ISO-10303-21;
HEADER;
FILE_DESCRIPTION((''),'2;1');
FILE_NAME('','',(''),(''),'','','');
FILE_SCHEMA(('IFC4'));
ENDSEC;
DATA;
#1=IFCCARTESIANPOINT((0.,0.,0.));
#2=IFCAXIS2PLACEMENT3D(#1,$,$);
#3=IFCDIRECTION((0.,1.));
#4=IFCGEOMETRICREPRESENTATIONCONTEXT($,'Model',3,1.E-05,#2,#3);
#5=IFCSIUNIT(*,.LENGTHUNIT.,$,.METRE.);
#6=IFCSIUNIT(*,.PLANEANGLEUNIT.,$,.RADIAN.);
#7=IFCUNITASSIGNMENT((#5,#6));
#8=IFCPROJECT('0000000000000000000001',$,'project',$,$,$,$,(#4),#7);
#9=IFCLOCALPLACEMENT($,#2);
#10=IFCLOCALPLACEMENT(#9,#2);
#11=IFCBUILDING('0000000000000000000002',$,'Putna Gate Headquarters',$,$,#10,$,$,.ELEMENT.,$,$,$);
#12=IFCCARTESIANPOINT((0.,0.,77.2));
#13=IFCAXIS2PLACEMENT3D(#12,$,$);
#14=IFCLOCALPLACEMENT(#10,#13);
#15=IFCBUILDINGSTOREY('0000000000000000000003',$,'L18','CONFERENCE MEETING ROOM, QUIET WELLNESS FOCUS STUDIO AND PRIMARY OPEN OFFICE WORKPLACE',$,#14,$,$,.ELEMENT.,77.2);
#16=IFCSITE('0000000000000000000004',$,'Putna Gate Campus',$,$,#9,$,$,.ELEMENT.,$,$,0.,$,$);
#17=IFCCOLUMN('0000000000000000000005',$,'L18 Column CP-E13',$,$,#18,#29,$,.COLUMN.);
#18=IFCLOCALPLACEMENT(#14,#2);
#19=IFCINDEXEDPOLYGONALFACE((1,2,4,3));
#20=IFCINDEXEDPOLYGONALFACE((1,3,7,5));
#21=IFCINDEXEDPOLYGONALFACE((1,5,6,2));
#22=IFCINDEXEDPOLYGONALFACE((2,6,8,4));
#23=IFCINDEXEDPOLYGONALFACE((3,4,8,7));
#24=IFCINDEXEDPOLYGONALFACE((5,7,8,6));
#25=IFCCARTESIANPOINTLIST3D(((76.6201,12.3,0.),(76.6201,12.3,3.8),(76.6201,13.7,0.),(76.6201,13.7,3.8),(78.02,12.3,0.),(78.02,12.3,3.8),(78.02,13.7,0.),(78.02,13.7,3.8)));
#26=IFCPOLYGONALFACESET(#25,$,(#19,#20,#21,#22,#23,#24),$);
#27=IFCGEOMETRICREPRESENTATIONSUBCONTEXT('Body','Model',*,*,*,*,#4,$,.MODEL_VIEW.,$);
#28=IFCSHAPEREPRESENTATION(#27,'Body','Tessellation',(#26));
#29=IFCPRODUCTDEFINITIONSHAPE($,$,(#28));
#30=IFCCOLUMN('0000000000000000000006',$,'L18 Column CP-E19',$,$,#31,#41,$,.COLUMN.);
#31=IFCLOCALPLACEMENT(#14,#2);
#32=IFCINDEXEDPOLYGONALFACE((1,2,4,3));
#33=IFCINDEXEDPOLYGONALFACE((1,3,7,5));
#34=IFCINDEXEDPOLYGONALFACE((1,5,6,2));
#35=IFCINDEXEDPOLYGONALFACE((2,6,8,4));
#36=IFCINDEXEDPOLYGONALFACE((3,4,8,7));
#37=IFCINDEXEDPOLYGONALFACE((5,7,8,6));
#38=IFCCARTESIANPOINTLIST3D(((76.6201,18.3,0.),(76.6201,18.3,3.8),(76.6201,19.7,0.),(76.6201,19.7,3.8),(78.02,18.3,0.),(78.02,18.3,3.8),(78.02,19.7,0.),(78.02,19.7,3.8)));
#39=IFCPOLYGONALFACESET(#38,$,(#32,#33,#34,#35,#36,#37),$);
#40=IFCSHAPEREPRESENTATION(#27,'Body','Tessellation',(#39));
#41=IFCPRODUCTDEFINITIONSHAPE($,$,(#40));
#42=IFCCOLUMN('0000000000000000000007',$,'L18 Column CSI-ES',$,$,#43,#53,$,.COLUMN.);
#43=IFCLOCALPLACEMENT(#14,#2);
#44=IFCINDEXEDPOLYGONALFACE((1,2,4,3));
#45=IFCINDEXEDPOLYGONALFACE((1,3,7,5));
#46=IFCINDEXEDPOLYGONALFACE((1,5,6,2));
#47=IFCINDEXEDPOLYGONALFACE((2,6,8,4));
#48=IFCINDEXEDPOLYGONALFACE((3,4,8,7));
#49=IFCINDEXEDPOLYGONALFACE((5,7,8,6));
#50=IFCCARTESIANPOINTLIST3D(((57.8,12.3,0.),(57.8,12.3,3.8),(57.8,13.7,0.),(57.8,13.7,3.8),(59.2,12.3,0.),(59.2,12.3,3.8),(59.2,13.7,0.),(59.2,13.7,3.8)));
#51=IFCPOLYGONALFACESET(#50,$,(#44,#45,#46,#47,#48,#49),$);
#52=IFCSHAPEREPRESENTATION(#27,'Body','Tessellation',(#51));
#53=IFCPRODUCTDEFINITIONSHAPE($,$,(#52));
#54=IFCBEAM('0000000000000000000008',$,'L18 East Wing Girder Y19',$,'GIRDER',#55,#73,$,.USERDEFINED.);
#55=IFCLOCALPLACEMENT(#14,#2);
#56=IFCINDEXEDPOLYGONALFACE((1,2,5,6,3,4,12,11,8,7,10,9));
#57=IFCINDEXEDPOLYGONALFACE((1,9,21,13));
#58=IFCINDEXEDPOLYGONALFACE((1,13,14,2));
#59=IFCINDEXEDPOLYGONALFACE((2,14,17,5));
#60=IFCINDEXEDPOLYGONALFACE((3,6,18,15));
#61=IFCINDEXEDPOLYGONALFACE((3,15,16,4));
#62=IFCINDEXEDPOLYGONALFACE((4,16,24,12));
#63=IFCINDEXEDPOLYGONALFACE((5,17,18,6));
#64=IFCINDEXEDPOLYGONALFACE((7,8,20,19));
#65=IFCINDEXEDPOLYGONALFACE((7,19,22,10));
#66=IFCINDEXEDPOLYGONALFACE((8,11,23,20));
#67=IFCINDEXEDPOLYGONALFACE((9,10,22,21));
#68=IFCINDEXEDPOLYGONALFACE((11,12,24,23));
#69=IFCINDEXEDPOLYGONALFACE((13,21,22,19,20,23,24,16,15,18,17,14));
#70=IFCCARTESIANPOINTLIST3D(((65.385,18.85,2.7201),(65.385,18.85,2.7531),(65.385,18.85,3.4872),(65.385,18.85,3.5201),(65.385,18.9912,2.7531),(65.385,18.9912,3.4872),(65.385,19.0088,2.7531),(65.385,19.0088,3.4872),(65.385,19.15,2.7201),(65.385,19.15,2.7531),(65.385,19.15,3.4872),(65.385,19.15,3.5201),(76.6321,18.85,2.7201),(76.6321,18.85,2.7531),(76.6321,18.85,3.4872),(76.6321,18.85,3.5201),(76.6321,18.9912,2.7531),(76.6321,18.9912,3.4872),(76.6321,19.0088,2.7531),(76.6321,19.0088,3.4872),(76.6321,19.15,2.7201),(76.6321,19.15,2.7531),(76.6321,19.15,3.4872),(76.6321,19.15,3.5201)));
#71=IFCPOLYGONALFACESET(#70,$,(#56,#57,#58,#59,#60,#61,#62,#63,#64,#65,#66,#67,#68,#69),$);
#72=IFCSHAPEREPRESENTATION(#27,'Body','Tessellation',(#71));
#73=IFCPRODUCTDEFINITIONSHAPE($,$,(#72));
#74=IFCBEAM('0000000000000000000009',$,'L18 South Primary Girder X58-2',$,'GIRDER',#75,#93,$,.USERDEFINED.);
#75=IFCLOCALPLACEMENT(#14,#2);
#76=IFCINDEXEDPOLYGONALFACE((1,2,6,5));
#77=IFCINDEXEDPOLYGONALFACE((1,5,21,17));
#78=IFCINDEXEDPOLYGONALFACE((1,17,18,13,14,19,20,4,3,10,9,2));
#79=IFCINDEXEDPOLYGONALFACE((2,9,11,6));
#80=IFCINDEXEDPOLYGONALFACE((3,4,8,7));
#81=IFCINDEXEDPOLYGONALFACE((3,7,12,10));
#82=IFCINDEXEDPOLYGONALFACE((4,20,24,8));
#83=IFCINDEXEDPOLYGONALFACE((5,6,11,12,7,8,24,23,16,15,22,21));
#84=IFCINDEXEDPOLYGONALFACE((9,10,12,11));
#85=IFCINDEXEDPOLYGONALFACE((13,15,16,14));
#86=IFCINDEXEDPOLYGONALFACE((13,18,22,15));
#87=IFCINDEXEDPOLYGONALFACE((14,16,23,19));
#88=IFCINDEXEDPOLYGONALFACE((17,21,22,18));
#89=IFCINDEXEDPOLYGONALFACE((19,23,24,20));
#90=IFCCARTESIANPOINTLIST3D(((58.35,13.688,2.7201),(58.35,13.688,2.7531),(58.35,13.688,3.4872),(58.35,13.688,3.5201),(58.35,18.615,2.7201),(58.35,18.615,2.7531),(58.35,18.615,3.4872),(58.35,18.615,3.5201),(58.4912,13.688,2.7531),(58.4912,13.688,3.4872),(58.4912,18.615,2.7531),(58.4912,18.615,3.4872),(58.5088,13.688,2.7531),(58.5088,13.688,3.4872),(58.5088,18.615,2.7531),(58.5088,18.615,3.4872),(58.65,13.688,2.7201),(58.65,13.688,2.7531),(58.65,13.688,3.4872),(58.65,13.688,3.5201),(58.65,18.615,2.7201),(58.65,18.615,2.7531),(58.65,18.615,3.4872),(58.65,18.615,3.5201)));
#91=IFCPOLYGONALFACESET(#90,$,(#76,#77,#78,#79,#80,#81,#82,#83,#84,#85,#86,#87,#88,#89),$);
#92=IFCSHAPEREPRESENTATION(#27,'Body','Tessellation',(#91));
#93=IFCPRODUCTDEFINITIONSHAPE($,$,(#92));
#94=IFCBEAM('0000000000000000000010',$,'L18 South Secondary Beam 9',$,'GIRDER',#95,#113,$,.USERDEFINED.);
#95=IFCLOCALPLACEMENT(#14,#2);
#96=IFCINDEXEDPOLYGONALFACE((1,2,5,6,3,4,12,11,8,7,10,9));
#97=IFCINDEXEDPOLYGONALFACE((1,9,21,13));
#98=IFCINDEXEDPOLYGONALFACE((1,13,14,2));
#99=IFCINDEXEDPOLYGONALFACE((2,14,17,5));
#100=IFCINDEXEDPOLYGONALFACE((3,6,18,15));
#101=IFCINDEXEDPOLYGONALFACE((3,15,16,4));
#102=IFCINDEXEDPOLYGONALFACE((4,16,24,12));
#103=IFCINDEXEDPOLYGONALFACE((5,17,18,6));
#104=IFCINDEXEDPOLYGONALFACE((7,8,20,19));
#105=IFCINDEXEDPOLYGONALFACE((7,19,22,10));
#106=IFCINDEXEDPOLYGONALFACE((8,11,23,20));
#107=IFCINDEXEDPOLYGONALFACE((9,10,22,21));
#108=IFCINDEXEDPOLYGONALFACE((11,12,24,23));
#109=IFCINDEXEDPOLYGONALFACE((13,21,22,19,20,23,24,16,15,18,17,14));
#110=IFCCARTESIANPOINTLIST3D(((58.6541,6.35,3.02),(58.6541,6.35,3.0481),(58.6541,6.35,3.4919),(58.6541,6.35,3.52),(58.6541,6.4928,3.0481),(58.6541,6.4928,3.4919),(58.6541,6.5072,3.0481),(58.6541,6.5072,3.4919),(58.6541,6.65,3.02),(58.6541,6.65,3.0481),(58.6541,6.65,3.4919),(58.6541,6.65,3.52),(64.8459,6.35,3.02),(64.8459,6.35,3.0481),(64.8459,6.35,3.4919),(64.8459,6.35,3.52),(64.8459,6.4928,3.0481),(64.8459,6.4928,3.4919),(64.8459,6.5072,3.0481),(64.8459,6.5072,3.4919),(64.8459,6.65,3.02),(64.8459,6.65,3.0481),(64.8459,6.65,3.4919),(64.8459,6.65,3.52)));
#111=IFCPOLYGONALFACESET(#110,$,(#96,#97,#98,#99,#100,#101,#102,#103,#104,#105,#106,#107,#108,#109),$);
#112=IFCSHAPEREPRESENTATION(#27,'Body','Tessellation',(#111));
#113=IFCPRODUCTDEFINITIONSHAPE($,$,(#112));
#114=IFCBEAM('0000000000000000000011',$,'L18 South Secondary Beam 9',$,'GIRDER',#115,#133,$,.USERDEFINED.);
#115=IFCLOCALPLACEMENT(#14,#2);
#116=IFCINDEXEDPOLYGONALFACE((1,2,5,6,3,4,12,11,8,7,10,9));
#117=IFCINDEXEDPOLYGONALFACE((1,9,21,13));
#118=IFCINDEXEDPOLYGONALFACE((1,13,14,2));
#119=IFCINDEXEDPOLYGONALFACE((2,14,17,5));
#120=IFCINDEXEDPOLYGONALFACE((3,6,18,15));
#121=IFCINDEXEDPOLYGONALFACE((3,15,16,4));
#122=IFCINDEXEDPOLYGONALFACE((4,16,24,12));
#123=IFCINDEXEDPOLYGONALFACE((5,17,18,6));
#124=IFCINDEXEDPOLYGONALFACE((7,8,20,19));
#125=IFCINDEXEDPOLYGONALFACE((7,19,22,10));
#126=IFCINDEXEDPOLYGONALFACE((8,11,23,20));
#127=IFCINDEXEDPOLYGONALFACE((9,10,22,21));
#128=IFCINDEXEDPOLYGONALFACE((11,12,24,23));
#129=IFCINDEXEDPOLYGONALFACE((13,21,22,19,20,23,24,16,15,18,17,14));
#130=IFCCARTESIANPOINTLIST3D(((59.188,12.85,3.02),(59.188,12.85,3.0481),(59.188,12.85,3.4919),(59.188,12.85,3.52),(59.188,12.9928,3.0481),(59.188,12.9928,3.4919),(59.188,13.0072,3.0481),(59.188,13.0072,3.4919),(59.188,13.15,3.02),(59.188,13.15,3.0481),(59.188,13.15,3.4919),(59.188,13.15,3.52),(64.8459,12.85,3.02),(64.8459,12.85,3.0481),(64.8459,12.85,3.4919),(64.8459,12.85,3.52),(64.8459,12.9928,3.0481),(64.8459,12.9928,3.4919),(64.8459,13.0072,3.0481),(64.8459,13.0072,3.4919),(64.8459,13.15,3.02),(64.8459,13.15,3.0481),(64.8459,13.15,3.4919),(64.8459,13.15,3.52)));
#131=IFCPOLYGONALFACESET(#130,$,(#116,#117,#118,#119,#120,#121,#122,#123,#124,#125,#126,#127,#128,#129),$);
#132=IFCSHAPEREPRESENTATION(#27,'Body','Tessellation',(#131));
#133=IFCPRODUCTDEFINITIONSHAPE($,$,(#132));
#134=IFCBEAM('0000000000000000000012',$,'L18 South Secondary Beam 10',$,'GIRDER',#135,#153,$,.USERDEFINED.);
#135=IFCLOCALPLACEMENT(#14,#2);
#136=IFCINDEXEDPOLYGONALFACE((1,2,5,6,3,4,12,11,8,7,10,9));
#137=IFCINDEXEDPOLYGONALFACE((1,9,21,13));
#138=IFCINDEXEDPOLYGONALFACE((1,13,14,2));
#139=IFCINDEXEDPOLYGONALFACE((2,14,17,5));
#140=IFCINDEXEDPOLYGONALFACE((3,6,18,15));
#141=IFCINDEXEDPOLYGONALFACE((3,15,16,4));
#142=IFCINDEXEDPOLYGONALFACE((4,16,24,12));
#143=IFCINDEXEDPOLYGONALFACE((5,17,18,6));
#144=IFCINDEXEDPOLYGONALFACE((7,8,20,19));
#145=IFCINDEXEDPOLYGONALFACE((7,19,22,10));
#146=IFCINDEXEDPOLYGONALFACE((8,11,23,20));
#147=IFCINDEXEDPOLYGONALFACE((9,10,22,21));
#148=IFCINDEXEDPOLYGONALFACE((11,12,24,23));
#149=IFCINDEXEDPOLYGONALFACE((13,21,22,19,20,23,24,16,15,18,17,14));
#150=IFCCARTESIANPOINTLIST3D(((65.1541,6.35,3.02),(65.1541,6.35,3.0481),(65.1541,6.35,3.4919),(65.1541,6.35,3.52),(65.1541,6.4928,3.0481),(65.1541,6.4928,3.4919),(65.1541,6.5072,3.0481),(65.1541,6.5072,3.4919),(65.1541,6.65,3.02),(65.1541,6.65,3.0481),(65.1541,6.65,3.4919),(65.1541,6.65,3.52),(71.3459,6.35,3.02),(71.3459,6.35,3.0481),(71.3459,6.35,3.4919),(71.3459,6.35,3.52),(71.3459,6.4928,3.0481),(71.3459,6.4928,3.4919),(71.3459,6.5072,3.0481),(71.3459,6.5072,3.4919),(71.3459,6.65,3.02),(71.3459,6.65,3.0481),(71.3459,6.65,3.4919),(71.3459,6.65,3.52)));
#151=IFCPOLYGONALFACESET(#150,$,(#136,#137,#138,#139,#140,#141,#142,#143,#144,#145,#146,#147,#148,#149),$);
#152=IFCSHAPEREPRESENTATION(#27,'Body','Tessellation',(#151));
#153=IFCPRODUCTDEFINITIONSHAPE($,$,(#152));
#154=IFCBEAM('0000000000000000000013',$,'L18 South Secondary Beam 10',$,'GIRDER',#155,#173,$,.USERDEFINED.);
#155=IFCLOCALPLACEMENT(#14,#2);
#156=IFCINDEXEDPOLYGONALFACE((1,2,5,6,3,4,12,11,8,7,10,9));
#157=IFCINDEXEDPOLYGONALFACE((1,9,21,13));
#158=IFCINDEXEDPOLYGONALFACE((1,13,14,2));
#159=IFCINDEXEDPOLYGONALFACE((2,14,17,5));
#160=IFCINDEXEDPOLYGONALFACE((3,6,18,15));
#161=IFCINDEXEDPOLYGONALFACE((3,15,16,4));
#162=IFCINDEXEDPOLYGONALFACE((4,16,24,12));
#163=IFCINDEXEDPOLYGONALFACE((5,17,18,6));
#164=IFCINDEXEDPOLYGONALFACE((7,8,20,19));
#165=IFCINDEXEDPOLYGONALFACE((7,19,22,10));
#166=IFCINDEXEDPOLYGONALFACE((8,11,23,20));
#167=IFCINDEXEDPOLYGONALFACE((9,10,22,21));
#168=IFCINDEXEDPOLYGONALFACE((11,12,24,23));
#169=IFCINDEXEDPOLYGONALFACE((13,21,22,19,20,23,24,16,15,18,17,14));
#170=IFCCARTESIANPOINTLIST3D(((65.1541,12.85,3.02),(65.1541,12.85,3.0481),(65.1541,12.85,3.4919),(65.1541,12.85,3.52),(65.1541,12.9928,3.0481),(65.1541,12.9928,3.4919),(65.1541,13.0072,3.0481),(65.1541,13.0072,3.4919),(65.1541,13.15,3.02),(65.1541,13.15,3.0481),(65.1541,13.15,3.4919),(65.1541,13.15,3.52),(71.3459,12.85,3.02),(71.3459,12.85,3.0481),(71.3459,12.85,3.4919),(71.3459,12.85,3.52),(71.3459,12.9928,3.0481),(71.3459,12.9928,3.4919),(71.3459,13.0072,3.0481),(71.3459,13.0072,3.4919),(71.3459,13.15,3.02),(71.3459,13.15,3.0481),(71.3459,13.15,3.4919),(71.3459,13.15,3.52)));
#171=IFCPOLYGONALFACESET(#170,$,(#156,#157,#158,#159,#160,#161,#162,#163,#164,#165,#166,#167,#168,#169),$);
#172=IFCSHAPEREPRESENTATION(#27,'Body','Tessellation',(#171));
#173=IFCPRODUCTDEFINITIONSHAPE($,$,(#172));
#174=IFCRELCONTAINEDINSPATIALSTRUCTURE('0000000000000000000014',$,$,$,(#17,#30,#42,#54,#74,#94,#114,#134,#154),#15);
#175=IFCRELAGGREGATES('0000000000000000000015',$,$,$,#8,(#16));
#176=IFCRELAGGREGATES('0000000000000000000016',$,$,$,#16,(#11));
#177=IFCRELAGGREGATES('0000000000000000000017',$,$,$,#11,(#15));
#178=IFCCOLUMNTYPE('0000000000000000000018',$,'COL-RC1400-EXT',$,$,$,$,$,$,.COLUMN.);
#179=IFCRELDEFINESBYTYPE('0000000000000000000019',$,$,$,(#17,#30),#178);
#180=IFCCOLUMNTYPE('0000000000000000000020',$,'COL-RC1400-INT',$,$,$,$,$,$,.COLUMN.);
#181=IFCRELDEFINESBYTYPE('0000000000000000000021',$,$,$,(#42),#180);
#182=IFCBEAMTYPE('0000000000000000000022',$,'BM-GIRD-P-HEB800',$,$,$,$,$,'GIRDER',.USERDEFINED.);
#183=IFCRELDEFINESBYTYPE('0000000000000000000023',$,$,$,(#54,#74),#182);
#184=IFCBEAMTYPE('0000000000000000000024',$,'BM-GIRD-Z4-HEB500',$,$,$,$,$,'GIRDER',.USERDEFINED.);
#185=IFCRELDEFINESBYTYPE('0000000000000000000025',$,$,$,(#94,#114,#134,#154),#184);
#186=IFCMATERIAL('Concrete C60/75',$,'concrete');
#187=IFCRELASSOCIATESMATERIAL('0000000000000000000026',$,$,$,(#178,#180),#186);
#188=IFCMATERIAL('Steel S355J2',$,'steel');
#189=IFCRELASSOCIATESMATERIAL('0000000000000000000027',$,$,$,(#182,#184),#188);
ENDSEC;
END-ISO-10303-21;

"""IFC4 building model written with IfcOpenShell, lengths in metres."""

from ifc_helpers import new_model, si_unit, direction, frame, origin, origin_2d, place, context, subcontext, project, spatial, rectangle, i_section, extrude, material, material_profile, profile_set, type_object, element, save


model = new_model("IFC4")

# Units and contexts
model_context = context("Model", 3, precision=1e-05, world=origin(), true_north=direction((0.0, 1.0)))
body_context = subcontext(model_context, "Body", "Model", "MODEL_VIEW")
ifc_project = project(units=[si_unit("LENGTHUNIT", "METRE"), si_unit("PLANEANGLEUNIT", "RADIAN")], contexts=[model_context])

# Site, building, storey
site_placement = place(None, origin())
site = spatial("IfcSite", under=ifc_project, at=site_placement, Name="Putna Gate Campus", CompositionType="ELEMENT", RefElevation=0.0)
building_placement = place(site_placement, origin())
building = spatial("IfcBuilding", under=site, at=building_placement, Name="Putna Gate Headquarters", CompositionType="ELEMENT")
storey_placement = place(building_placement, frame((0.0, 0.0, 77.2)))
storey = spatial("IfcBuildingStorey", under=building, at=storey_placement, Name="L18", Description="CONFERENCE MEETING ROOM, QUIET WELLNESS FOCUS STUDIO AND PRIMARY OPEN OFFICE WORKPLACE", CompositionType="ELEMENT", Elevation=77.2)

# Columns
ifc_material_1 = material(Name="Concrete C60/75", Category="concrete")
ifc_material_profile_1 = material_profile(ifc_material_1, rectangle(XDim=1.3999, YDim=1.3999, at=origin_2d()), Name="Concrete C60/75")
ifc_profile_set_1 = profile_set([ifc_material_profile_1], Name="Concrete C60/75")
column_type_1 = type_object("IfcColumnType", Name="COL-RC1400-EXT", PredefinedType="COLUMN", material=ifc_profile_set_1)
for number, where, z_axis, x_axis, name in (
    (1, (77.3201, 13.0, 0.0), (0.0, 0.0, 1.0), (1.0, 0.0, 0.0), "L18 Column CP-E13"),
    (2, (77.3201, 19.0, 0.0), (0.0, 0.0, 1.0), (1.0, 0.0, 0.0), "L18 Column CP-E19"),
):
    element("IfcColumn", number, at=place(storey_placement, frame(where, z_axis=z_axis, x_axis=x_axis)), inside=storey, type_object=column_type_1, Name=name, PredefinedType="COLUMN", context=body_context, shape_type="SweptSolid", body=[
        extrude(rectangle(XDim=1.3999, YDim=1.3999, at=origin_2d()), origin(), (0.0, 0.0, 1.0), 3.8),
    ])
ifc_material_profile_2 = material_profile(ifc_material_1, rectangle(XDim=1.3999, YDim=1.3999, at=origin_2d()), Name="Concrete C60/75")
ifc_profile_set_2 = profile_set([ifc_material_profile_2], Name="Concrete C60/75")
column_type_2 = type_object("IfcColumnType", Name="COL-RC1400-INT", PredefinedType="COLUMN", material=ifc_profile_set_2)
column_placement = place(storey_placement, frame((58.5, 13.0, 0.0), z_axis=(0.0, 0.0, 1.0), x_axis=(1.0, 0.0, 0.0)))
element("IfcColumn", 3, at=column_placement, inside=storey, type_object=column_type_2, Name="L18 Column CSI-ES", PredefinedType="COLUMN", context=body_context, shape_type="SweptSolid", body=[
    extrude(rectangle(XDim=1.3999, YDim=1.3999, at=origin_2d()), origin(), (0.0, 0.0, 1.0), 3.8),
])

# Beams
ifc_material_2 = material(Name="Steel S355J2", Category="steel")
ifc_material_profile_3 = material_profile(ifc_material_2, i_section(OverallWidth=0.3, OverallDepth=0.8, WebThickness=0.0176, FlangeThickness=0.033, at=origin_2d()), Name="Steel S355J2")
ifc_profile_set_3 = profile_set([ifc_material_profile_3], Name="Steel S355J2")
beam_type_1 = type_object("IfcBeamType", Name="BM-GIRD-P-HEB800", ElementType="GIRDER", PredefinedType="USERDEFINED", material=ifc_profile_set_3)
beam_1_placement = place(storey_placement, frame((65.385, 19.0, 3.1201), z_axis=(1.0, 0.0, 0.0), x_axis=(0.0, 1.0, 0.0)))
element("IfcBeam", 4, at=beam_1_placement, inside=storey, type_object=beam_type_1, Name="L18 East Wing Girder Y19", ObjectType="GIRDER", PredefinedType="USERDEFINED", context=body_context, shape_type="SweptSolid", body=[
    extrude(i_section(OverallWidth=0.3, OverallDepth=0.8, WebThickness=0.0176, FlangeThickness=0.033, at=origin_2d()), origin(), (0.0, 0.0, 1.0), 11.2471),
])
beam_2_placement = place(storey_placement, frame((58.5, 13.688, 3.1201), z_axis=(0.0, 1.0, 0.0), x_axis=(-1.0, 0.0, 0.0)))
element("IfcBeam", 5, at=beam_2_placement, inside=storey, type_object=beam_type_1, Name="L18 South Primary Girder X58-2", ObjectType="GIRDER", PredefinedType="USERDEFINED", context=body_context, shape_type="SweptSolid", body=[
    extrude(i_section(OverallWidth=0.3, OverallDepth=0.8, WebThickness=0.0176, FlangeThickness=0.033, at=origin_2d()), origin(), (0.0, 0.0, 1.0), 4.927),
])
ifc_material_profile_4 = material_profile(ifc_material_2, i_section(OverallWidth=0.3, OverallDepth=0.5, WebThickness=0.0144, FlangeThickness=0.0281, at=origin_2d()), Name="Steel S355J2")
ifc_profile_set_4 = profile_set([ifc_material_profile_4], Name="Steel S355J2")
beam_type_2 = type_object("IfcBeamType", Name="BM-GIRD-Z4-HEB500", ElementType="GIRDER", PredefinedType="USERDEFINED", material=ifc_profile_set_4)
beam_3_placement = place(storey_placement, frame((58.6541, 6.5, 3.27), z_axis=(1.0, 0.0, 0.0), x_axis=(0.0, 1.0, 0.0)))
element("IfcBeam", 6, at=beam_3_placement, inside=storey, type_object=beam_type_2, Name="L18 South Secondary Beam 9", ObjectType="GIRDER", PredefinedType="USERDEFINED", context=body_context, shape_type="SweptSolid", body=[
    extrude(i_section(OverallWidth=0.3, OverallDepth=0.5, WebThickness=0.0144, FlangeThickness=0.0281, at=origin_2d()), origin(), (0.0, 0.0, 1.0), 6.1919),
])
beam_4_placement = place(storey_placement, frame((59.188, 13.0, 3.27), z_axis=(1.0, 0.0, 0.0), x_axis=(0.0, 1.0, 0.0)))
element("IfcBeam", 7, at=beam_4_placement, inside=storey, type_object=beam_type_2, Name="L18 South Secondary Beam 9", ObjectType="GIRDER", PredefinedType="USERDEFINED", context=body_context, shape_type="SweptSolid", body=[
    extrude(i_section(OverallWidth=0.3, OverallDepth=0.5, WebThickness=0.0144, FlangeThickness=0.0281, at=origin_2d()), origin(), (0.0, 0.0, 1.0), 5.658),
])
for number, where, z_axis, x_axis, name in (
    (8, (65.1541, 6.5, 3.27), (1.0, 0.0, 0.0), (0.0, 1.0, 0.0), "L18 South Secondary Beam 10"),
    (9, (65.1541, 13.0, 3.27), (1.0, 0.0, 0.0), (0.0, 1.0, 0.0), "L18 South Secondary Beam 10"),
):
    element("IfcBeam", number, at=place(storey_placement, frame(where, z_axis=z_axis, x_axis=x_axis)), inside=storey, type_object=beam_type_2, Name=name, ObjectType="GIRDER", PredefinedType="USERDEFINED", context=body_context, shape_type="SweptSolid", body=[
        extrude(i_section(OverallWidth=0.3, OverallDepth=0.5, WebThickness=0.0144, FlangeThickness=0.0281, at=origin_2d()), origin(), (0.0, 0.0, 1.0), 6.1919),
    ])

save(model, "model.ifc")
